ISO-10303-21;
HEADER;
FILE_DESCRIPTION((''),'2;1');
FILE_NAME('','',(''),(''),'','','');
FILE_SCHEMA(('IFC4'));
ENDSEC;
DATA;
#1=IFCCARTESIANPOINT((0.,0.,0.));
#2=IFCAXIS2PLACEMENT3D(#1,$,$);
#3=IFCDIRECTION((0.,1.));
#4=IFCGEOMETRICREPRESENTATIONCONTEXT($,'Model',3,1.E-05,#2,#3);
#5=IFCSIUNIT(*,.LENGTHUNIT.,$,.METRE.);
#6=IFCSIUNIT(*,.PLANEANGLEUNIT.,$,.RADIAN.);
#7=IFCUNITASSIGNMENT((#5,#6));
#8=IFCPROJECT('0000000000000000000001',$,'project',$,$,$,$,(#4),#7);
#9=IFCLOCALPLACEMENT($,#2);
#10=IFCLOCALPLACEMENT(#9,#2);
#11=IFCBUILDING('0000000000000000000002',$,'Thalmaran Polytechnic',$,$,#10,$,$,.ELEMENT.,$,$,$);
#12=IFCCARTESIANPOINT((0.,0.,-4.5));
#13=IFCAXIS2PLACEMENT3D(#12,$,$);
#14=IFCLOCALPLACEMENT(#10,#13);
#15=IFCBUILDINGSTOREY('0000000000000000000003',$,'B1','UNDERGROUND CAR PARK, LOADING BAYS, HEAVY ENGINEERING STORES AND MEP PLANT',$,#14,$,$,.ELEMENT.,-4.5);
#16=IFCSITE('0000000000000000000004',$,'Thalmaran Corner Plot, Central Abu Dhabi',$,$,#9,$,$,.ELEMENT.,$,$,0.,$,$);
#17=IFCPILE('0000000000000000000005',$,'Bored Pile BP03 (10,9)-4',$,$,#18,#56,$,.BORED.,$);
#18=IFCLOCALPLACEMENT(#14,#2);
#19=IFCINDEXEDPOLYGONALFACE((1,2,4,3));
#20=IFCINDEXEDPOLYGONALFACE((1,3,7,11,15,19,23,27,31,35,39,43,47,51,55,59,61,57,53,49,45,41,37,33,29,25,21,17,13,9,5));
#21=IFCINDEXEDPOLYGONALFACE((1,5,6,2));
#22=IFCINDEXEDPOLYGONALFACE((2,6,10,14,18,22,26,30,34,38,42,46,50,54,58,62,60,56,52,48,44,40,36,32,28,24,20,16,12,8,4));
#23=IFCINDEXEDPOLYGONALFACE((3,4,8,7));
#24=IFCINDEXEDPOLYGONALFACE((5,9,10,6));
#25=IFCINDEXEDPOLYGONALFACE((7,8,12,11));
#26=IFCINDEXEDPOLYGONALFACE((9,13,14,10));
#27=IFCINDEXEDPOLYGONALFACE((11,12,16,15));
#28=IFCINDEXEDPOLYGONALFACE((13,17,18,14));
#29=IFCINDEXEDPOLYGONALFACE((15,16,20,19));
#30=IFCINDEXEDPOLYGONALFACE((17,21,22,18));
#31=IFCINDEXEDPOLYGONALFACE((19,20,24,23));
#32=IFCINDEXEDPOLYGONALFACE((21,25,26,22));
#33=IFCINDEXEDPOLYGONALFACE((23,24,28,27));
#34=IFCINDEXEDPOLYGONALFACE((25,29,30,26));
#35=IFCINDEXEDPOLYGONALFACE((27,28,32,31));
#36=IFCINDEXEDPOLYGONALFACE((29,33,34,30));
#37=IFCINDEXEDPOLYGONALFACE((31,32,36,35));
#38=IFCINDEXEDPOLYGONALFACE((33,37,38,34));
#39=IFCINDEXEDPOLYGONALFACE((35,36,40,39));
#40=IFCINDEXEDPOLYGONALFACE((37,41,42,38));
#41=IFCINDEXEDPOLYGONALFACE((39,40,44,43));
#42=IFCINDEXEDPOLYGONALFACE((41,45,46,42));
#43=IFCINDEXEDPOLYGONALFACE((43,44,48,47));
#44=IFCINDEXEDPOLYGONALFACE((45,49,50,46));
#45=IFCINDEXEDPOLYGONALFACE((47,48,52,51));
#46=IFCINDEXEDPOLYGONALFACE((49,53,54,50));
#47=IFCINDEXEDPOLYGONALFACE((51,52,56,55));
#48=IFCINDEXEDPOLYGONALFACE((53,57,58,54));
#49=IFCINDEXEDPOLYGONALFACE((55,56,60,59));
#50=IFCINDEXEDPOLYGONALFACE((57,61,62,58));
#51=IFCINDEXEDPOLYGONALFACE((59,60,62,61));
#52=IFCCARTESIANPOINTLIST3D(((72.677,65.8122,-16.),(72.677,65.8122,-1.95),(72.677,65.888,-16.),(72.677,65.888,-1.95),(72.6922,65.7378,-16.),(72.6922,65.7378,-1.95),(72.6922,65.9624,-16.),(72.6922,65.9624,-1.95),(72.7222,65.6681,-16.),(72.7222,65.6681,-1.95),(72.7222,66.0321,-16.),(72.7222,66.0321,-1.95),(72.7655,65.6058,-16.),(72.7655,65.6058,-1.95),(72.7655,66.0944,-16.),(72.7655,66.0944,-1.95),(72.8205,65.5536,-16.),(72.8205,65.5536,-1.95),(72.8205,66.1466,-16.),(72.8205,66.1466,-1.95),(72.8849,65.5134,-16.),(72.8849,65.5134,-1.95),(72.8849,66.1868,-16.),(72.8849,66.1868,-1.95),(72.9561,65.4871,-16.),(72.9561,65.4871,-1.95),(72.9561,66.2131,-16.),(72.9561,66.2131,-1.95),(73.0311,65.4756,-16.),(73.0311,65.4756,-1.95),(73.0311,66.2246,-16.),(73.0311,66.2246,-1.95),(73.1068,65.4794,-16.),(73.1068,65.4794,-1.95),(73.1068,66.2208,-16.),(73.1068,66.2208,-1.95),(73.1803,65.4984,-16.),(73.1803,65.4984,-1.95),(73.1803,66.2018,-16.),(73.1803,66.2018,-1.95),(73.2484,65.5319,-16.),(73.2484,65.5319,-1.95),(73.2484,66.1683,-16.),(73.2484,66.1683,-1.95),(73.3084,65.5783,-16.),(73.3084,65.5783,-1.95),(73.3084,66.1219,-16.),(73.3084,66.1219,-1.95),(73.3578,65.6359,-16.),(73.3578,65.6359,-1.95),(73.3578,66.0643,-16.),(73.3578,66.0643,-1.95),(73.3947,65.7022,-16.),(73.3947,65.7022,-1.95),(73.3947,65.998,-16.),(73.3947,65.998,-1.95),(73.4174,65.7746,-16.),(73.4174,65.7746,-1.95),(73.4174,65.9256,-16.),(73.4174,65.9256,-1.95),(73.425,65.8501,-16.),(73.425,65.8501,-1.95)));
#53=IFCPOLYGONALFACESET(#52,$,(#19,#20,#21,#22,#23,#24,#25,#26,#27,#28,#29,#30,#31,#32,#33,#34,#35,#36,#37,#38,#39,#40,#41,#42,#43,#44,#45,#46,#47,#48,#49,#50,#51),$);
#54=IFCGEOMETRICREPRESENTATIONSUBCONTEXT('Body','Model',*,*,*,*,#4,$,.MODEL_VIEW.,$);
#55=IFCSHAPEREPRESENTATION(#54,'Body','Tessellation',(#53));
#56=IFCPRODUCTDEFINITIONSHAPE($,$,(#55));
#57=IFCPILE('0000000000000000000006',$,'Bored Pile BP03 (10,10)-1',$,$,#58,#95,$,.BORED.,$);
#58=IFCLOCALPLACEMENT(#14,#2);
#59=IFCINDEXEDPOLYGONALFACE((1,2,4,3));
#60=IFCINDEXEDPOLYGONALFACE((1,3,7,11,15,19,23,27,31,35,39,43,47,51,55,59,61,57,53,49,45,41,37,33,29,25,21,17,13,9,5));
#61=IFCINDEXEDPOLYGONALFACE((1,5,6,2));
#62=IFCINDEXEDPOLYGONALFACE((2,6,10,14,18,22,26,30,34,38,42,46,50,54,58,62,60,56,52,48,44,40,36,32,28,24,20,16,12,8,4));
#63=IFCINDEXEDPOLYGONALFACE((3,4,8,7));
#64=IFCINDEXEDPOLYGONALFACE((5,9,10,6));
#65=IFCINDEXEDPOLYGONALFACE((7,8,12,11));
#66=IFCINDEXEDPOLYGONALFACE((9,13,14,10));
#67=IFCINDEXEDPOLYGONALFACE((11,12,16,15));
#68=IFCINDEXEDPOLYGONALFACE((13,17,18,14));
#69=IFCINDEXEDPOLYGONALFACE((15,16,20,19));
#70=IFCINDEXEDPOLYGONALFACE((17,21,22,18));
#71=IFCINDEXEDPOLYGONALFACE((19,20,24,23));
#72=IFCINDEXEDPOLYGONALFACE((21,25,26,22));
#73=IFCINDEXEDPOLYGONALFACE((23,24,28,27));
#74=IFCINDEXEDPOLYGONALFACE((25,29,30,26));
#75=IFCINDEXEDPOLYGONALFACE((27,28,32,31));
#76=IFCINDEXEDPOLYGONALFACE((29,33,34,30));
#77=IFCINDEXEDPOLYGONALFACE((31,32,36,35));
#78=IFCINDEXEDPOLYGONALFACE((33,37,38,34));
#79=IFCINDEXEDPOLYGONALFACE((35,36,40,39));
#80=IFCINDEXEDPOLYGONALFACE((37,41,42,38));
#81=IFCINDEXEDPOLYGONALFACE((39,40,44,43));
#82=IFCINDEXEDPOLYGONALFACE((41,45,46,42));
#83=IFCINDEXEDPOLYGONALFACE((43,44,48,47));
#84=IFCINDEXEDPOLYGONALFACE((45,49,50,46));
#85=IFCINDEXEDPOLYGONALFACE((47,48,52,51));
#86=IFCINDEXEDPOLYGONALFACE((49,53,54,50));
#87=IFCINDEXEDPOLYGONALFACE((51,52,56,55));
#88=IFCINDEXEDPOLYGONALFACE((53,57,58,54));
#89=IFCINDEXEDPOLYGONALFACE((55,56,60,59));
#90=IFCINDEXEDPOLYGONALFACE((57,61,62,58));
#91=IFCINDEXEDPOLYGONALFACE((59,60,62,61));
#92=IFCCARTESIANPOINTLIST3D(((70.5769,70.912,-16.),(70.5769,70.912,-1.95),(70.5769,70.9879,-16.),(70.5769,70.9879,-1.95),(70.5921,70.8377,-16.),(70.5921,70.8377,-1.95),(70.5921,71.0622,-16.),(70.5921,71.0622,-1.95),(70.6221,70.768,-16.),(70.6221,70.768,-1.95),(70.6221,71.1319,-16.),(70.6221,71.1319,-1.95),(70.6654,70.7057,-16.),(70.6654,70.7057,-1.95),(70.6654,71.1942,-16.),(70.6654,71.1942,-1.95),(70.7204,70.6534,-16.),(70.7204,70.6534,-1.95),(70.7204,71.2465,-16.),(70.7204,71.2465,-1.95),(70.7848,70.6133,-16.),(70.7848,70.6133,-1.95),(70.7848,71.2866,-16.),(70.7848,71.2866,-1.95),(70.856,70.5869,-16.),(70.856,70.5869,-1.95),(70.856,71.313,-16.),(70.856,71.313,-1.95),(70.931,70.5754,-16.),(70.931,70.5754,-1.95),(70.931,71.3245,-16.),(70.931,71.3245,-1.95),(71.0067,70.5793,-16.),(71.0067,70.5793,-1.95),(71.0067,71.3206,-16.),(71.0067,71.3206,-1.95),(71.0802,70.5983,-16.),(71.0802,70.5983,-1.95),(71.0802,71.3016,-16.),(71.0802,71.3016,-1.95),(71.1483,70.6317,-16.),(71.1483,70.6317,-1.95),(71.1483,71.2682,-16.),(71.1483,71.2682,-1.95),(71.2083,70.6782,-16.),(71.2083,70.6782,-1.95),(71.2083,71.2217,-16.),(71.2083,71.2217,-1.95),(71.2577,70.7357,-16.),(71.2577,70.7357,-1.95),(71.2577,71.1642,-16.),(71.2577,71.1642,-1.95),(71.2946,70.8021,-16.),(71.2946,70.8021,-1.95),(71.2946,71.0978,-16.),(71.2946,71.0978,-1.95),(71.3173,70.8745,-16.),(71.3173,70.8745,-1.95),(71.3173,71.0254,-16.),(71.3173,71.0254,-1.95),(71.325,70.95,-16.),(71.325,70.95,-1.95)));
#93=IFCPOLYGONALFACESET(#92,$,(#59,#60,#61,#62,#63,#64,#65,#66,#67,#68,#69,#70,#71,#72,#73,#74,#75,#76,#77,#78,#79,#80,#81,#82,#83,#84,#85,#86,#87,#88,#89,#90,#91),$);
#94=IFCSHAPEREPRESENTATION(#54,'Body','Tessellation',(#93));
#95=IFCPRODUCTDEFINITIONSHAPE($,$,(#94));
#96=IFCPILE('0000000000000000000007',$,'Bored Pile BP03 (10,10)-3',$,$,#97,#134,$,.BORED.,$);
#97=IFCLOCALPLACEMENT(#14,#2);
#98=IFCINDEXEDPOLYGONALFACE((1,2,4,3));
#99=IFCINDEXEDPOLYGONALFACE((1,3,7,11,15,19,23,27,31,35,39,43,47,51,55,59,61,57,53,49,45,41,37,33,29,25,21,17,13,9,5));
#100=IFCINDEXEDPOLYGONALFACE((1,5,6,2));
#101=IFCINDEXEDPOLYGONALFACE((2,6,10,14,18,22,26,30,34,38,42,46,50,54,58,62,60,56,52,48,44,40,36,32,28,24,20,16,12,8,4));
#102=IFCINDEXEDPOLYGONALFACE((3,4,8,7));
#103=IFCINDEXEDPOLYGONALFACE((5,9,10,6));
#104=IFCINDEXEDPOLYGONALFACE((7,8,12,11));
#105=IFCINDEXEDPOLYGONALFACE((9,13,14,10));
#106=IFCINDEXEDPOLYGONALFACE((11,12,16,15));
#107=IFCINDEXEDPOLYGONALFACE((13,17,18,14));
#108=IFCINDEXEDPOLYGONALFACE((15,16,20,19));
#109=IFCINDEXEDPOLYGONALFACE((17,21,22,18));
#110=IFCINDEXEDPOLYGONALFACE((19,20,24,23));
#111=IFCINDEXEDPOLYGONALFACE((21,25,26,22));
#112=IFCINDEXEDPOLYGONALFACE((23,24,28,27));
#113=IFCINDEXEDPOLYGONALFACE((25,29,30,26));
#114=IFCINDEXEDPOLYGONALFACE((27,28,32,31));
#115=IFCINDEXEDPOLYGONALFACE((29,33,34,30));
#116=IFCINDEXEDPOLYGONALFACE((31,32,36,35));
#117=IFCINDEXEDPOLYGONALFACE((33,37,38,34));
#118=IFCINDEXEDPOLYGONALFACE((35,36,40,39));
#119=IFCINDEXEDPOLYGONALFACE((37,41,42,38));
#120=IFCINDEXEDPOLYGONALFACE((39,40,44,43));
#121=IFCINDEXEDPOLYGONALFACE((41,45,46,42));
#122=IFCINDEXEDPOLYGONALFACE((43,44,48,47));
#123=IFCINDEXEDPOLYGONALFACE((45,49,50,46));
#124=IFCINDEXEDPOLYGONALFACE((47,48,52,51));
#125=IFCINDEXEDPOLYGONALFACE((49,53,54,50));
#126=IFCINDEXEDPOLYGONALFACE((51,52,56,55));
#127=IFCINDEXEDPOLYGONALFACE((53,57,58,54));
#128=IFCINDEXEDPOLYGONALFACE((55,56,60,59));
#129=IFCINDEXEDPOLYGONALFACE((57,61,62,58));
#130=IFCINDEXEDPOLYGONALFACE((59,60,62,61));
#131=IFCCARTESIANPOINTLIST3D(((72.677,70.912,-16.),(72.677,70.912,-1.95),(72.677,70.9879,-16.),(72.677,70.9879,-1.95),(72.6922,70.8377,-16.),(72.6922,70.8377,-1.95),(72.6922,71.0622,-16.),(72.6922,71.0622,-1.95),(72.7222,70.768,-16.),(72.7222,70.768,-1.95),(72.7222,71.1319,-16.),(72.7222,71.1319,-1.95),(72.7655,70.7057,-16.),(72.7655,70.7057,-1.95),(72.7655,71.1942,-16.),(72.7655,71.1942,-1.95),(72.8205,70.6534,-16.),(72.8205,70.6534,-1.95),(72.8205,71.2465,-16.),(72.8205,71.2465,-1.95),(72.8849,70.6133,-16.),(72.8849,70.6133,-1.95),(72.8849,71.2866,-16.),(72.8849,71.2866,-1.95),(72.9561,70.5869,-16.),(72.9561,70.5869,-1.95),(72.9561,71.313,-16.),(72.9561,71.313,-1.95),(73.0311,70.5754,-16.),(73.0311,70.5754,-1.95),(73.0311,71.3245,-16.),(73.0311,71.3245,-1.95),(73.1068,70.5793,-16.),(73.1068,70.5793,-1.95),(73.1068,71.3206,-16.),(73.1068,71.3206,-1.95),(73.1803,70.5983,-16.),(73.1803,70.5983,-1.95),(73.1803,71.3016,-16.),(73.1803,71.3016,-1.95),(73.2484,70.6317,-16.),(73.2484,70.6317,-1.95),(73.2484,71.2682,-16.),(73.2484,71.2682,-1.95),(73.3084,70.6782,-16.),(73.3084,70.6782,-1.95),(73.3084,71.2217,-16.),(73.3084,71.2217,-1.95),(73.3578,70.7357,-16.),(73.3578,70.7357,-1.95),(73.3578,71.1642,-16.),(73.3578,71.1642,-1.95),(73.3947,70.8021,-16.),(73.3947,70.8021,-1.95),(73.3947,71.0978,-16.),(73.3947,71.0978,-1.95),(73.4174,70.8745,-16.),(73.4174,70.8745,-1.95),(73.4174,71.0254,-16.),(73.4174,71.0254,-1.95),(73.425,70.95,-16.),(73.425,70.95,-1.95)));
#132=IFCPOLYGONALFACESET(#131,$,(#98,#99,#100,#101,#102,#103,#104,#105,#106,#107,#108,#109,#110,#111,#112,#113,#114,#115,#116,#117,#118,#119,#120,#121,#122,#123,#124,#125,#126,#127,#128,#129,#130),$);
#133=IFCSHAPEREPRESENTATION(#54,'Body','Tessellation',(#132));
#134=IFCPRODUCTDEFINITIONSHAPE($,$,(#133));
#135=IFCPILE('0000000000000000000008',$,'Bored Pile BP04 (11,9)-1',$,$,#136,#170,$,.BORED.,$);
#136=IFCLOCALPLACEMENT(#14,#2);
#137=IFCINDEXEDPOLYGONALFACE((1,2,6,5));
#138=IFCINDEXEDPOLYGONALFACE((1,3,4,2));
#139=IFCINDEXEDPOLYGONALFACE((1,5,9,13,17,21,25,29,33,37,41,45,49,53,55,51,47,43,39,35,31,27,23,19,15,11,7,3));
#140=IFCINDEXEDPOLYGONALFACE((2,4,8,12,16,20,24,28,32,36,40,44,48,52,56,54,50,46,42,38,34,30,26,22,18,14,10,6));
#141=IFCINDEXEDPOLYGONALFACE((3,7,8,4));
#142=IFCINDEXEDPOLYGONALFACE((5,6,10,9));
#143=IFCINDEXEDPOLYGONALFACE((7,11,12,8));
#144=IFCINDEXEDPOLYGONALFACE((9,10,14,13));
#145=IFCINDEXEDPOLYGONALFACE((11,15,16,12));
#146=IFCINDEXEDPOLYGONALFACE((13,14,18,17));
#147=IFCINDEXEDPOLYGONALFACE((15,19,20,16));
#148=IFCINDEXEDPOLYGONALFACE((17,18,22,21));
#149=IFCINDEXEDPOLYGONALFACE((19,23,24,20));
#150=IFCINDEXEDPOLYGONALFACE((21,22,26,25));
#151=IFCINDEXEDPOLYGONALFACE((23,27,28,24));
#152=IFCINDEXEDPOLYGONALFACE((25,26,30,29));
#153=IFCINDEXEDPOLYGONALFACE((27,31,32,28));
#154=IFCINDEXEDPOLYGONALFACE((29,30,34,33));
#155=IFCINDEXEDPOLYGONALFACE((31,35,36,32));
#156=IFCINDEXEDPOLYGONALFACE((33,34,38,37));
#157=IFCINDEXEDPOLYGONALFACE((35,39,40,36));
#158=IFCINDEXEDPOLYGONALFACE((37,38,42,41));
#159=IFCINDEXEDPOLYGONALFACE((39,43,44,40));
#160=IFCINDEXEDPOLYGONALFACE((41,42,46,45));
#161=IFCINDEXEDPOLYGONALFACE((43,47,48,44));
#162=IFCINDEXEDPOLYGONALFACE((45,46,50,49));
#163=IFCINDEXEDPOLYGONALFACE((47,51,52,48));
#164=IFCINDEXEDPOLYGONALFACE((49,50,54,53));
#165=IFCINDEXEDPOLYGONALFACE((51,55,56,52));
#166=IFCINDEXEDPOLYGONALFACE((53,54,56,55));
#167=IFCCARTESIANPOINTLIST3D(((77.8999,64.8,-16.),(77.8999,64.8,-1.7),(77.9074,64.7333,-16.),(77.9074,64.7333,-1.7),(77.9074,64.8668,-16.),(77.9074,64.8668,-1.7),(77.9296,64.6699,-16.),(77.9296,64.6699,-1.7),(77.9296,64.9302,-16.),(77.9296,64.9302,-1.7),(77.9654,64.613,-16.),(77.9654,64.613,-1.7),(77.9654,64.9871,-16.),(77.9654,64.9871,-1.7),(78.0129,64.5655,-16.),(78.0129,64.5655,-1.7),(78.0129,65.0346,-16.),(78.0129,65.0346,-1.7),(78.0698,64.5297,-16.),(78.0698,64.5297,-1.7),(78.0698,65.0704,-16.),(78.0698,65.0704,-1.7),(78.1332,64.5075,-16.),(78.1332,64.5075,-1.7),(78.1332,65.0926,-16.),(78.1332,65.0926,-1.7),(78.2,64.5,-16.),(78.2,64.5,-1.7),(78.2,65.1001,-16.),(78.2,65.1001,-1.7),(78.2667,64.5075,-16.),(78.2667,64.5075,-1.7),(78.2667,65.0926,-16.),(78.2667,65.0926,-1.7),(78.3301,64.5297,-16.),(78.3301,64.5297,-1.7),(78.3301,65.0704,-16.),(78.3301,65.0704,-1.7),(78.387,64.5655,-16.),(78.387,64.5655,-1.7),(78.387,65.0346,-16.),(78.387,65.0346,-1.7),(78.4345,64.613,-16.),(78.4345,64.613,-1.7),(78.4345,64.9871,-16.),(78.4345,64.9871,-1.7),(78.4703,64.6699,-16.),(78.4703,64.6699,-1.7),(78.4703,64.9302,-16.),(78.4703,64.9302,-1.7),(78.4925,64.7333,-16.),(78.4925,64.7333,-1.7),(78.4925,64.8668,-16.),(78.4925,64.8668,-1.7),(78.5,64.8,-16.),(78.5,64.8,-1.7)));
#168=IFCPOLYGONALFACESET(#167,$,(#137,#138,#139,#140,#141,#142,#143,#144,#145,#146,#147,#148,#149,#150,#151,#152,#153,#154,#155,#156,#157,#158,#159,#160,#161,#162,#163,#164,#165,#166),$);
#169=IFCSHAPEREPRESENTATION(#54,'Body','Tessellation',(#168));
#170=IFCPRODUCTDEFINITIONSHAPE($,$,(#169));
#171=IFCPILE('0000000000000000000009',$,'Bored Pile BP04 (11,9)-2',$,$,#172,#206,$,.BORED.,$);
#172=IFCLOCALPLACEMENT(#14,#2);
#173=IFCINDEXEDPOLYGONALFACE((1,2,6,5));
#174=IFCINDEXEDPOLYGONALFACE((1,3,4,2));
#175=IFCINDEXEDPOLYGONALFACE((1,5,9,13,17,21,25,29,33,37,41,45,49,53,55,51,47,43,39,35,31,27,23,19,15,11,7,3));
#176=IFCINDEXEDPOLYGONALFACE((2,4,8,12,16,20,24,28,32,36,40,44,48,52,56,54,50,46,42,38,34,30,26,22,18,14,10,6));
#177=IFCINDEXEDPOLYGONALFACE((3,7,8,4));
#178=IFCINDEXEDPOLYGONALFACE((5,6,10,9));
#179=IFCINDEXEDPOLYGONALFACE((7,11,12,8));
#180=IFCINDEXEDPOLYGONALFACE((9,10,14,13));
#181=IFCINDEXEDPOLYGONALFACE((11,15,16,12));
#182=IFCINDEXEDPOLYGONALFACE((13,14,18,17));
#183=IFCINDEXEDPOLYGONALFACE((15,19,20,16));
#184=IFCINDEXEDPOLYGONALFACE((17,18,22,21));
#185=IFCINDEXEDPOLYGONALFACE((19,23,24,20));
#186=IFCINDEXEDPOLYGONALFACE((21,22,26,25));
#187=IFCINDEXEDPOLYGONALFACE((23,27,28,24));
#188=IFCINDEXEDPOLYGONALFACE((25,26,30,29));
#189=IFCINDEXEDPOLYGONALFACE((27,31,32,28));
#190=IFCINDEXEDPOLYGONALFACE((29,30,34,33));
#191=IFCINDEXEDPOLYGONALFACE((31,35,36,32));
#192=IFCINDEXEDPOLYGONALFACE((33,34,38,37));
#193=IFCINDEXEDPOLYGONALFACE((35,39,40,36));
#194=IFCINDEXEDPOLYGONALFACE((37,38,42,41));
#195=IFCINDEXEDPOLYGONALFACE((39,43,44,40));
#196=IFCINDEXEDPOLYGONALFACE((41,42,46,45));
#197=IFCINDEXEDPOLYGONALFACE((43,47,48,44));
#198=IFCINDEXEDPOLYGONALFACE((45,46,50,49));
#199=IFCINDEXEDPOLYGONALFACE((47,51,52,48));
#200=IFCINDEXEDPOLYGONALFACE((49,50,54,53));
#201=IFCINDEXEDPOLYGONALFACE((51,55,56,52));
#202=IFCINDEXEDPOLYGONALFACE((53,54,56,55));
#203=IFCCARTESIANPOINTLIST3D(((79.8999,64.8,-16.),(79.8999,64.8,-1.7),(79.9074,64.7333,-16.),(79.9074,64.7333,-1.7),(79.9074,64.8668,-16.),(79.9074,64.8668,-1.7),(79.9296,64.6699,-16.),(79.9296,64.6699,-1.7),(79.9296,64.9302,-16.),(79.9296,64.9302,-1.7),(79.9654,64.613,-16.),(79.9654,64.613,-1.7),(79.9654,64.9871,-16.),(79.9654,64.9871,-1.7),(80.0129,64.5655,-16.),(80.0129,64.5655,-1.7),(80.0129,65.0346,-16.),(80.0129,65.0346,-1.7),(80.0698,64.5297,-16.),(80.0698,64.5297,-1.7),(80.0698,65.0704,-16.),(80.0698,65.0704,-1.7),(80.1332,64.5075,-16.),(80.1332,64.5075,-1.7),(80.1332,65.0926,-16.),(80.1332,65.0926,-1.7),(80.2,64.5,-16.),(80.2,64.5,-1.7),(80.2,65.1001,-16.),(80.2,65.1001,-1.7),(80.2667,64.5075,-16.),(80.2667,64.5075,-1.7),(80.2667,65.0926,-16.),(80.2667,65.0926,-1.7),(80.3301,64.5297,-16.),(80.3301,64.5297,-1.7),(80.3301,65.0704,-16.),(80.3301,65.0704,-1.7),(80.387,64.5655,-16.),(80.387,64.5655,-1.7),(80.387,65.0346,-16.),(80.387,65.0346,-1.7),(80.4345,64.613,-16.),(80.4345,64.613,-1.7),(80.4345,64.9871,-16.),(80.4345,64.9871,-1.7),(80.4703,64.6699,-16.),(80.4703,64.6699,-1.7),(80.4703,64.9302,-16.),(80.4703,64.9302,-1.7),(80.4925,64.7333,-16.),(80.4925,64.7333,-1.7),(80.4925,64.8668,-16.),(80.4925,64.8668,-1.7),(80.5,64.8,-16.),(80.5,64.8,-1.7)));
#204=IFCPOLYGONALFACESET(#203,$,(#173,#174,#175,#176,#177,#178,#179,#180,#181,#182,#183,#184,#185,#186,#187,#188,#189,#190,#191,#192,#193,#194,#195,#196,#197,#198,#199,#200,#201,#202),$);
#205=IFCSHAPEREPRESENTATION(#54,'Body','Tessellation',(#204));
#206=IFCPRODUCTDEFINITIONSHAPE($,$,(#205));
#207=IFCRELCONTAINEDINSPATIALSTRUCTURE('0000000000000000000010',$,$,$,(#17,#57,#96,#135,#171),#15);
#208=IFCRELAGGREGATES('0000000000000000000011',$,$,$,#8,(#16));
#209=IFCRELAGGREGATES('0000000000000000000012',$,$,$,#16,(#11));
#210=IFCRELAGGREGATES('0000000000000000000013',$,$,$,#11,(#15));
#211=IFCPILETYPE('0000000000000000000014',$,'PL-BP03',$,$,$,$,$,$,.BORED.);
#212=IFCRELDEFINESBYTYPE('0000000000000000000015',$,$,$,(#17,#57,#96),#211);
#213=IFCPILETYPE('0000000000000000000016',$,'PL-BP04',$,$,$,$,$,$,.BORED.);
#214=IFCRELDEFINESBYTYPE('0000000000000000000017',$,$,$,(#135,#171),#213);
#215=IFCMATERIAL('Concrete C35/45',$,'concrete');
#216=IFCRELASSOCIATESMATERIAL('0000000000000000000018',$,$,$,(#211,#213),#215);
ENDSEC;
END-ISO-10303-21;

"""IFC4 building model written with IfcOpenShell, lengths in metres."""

from ifc_helpers import new_model, si_unit, direction, frame, origin, origin_2d, place, context, subcontext, project, spatial, circle, extrude, material, material_profile, profile_set, type_object, element, save


model = new_model("IFC4")

# Units and contexts
model_context = context("Model", 3, precision=1e-05, world=origin(), true_north=direction((0.0, 1.0)))
body_context = subcontext(model_context, "Body", "Model", "MODEL_VIEW")
ifc_project = project(units=[si_unit("LENGTHUNIT", "METRE"), si_unit("PLANEANGLEUNIT", "RADIAN")], contexts=[model_context])

# Site, building, storey
site_placement = place(None, origin())
site = spatial("IfcSite", under=ifc_project, at=site_placement, Name="Thalmaran Corner Plot, Central Abu Dhabi", CompositionType="ELEMENT", RefElevation=0.0)
building_placement = place(site_placement, origin())
building = spatial("IfcBuilding", under=site, at=building_placement, Name="Thalmaran Polytechnic", CompositionType="ELEMENT")
storey_placement = place(building_placement, frame((0.0, 0.0, -4.5)))
storey = spatial("IfcBuildingStorey", under=building, at=storey_placement, Name="B1", Description="UNDERGROUND CAR PARK, LOADING BAYS, HEAVY ENGINEERING STORES AND MEP PLANT", CompositionType="ELEMENT", Elevation=-4.5)

# Piles
ifc_material_1 = material(Name="Concrete C35/45", Category="concrete")
ifc_material_profile_1 = material_profile(ifc_material_1, circle(Radius=0.375, at=origin_2d()), Name="RC 750 DIA")
ifc_profile_set_1 = profile_set([ifc_material_profile_1], Name="Concrete C35/45")
pile_type_1 = type_object("IfcPileType", Name="PL-BP03", PredefinedType="BORED", material=ifc_profile_set_1)
for number, where, z_axis, x_axis, name in (
    (1, (73.05, 65.8501, -1.95), (0.0, 0.0, -1.0), (1.0, 0.0, 0.0), "Bored Pile BP03 (10,9)-4"),
    (2, (70.95, 70.95, -1.95), (0.0, 0.0, -1.0), (1.0, 0.0, 0.0), "Bored Pile BP03 (10,10)-1"),
    (3, (73.05, 70.95, -1.95), (0.0, 0.0, -1.0), (1.0, 0.0, 0.0), "Bored Pile BP03 (10,10)-3"),
):
    element("IfcPile", number, at=place(storey_placement, frame(where, z_axis=z_axis, x_axis=x_axis)), inside=storey, type_object=pile_type_1, Name=name, PredefinedType="BORED", context=body_context, shape_type="SweptSolid", body=[
        extrude(circle(Radius=0.375, at=origin_2d()), origin(), (0.0, 0.0, 1.0), 14.05),
    ])
ifc_material_profile_2 = material_profile(ifc_material_1, circle(Radius=0.3, at=origin_2d()), Name="RC 600 DIA")
ifc_profile_set_2 = profile_set([ifc_material_profile_2], Name="Concrete C35/45")
pile_type_2 = type_object("IfcPileType", Name="PL-BP04", PredefinedType="BORED", material=ifc_profile_set_2)
for number, where, z_axis, x_axis, name in (
    (4, (78.2, 64.8, -1.7), (0.0, 0.0, -1.0), (1.0, 0.0, 0.0), "Bored Pile BP04 (11,9)-1"),
    (5, (80.2, 64.8, -1.7), (0.0, 0.0, -1.0), (1.0, 0.0, 0.0), "Bored Pile BP04 (11,9)-2"),
):
    element("IfcPile", number, at=place(storey_placement, frame(where, z_axis=z_axis, x_axis=x_axis)), inside=storey, type_object=pile_type_2, Name=name, PredefinedType="BORED", context=body_context, shape_type="SweptSolid", body=[
        extrude(circle(Radius=0.3, at=origin_2d()), origin(), (0.0, 0.0, 1.0), 14.3),
    ])

save(model, "model.ifc")
